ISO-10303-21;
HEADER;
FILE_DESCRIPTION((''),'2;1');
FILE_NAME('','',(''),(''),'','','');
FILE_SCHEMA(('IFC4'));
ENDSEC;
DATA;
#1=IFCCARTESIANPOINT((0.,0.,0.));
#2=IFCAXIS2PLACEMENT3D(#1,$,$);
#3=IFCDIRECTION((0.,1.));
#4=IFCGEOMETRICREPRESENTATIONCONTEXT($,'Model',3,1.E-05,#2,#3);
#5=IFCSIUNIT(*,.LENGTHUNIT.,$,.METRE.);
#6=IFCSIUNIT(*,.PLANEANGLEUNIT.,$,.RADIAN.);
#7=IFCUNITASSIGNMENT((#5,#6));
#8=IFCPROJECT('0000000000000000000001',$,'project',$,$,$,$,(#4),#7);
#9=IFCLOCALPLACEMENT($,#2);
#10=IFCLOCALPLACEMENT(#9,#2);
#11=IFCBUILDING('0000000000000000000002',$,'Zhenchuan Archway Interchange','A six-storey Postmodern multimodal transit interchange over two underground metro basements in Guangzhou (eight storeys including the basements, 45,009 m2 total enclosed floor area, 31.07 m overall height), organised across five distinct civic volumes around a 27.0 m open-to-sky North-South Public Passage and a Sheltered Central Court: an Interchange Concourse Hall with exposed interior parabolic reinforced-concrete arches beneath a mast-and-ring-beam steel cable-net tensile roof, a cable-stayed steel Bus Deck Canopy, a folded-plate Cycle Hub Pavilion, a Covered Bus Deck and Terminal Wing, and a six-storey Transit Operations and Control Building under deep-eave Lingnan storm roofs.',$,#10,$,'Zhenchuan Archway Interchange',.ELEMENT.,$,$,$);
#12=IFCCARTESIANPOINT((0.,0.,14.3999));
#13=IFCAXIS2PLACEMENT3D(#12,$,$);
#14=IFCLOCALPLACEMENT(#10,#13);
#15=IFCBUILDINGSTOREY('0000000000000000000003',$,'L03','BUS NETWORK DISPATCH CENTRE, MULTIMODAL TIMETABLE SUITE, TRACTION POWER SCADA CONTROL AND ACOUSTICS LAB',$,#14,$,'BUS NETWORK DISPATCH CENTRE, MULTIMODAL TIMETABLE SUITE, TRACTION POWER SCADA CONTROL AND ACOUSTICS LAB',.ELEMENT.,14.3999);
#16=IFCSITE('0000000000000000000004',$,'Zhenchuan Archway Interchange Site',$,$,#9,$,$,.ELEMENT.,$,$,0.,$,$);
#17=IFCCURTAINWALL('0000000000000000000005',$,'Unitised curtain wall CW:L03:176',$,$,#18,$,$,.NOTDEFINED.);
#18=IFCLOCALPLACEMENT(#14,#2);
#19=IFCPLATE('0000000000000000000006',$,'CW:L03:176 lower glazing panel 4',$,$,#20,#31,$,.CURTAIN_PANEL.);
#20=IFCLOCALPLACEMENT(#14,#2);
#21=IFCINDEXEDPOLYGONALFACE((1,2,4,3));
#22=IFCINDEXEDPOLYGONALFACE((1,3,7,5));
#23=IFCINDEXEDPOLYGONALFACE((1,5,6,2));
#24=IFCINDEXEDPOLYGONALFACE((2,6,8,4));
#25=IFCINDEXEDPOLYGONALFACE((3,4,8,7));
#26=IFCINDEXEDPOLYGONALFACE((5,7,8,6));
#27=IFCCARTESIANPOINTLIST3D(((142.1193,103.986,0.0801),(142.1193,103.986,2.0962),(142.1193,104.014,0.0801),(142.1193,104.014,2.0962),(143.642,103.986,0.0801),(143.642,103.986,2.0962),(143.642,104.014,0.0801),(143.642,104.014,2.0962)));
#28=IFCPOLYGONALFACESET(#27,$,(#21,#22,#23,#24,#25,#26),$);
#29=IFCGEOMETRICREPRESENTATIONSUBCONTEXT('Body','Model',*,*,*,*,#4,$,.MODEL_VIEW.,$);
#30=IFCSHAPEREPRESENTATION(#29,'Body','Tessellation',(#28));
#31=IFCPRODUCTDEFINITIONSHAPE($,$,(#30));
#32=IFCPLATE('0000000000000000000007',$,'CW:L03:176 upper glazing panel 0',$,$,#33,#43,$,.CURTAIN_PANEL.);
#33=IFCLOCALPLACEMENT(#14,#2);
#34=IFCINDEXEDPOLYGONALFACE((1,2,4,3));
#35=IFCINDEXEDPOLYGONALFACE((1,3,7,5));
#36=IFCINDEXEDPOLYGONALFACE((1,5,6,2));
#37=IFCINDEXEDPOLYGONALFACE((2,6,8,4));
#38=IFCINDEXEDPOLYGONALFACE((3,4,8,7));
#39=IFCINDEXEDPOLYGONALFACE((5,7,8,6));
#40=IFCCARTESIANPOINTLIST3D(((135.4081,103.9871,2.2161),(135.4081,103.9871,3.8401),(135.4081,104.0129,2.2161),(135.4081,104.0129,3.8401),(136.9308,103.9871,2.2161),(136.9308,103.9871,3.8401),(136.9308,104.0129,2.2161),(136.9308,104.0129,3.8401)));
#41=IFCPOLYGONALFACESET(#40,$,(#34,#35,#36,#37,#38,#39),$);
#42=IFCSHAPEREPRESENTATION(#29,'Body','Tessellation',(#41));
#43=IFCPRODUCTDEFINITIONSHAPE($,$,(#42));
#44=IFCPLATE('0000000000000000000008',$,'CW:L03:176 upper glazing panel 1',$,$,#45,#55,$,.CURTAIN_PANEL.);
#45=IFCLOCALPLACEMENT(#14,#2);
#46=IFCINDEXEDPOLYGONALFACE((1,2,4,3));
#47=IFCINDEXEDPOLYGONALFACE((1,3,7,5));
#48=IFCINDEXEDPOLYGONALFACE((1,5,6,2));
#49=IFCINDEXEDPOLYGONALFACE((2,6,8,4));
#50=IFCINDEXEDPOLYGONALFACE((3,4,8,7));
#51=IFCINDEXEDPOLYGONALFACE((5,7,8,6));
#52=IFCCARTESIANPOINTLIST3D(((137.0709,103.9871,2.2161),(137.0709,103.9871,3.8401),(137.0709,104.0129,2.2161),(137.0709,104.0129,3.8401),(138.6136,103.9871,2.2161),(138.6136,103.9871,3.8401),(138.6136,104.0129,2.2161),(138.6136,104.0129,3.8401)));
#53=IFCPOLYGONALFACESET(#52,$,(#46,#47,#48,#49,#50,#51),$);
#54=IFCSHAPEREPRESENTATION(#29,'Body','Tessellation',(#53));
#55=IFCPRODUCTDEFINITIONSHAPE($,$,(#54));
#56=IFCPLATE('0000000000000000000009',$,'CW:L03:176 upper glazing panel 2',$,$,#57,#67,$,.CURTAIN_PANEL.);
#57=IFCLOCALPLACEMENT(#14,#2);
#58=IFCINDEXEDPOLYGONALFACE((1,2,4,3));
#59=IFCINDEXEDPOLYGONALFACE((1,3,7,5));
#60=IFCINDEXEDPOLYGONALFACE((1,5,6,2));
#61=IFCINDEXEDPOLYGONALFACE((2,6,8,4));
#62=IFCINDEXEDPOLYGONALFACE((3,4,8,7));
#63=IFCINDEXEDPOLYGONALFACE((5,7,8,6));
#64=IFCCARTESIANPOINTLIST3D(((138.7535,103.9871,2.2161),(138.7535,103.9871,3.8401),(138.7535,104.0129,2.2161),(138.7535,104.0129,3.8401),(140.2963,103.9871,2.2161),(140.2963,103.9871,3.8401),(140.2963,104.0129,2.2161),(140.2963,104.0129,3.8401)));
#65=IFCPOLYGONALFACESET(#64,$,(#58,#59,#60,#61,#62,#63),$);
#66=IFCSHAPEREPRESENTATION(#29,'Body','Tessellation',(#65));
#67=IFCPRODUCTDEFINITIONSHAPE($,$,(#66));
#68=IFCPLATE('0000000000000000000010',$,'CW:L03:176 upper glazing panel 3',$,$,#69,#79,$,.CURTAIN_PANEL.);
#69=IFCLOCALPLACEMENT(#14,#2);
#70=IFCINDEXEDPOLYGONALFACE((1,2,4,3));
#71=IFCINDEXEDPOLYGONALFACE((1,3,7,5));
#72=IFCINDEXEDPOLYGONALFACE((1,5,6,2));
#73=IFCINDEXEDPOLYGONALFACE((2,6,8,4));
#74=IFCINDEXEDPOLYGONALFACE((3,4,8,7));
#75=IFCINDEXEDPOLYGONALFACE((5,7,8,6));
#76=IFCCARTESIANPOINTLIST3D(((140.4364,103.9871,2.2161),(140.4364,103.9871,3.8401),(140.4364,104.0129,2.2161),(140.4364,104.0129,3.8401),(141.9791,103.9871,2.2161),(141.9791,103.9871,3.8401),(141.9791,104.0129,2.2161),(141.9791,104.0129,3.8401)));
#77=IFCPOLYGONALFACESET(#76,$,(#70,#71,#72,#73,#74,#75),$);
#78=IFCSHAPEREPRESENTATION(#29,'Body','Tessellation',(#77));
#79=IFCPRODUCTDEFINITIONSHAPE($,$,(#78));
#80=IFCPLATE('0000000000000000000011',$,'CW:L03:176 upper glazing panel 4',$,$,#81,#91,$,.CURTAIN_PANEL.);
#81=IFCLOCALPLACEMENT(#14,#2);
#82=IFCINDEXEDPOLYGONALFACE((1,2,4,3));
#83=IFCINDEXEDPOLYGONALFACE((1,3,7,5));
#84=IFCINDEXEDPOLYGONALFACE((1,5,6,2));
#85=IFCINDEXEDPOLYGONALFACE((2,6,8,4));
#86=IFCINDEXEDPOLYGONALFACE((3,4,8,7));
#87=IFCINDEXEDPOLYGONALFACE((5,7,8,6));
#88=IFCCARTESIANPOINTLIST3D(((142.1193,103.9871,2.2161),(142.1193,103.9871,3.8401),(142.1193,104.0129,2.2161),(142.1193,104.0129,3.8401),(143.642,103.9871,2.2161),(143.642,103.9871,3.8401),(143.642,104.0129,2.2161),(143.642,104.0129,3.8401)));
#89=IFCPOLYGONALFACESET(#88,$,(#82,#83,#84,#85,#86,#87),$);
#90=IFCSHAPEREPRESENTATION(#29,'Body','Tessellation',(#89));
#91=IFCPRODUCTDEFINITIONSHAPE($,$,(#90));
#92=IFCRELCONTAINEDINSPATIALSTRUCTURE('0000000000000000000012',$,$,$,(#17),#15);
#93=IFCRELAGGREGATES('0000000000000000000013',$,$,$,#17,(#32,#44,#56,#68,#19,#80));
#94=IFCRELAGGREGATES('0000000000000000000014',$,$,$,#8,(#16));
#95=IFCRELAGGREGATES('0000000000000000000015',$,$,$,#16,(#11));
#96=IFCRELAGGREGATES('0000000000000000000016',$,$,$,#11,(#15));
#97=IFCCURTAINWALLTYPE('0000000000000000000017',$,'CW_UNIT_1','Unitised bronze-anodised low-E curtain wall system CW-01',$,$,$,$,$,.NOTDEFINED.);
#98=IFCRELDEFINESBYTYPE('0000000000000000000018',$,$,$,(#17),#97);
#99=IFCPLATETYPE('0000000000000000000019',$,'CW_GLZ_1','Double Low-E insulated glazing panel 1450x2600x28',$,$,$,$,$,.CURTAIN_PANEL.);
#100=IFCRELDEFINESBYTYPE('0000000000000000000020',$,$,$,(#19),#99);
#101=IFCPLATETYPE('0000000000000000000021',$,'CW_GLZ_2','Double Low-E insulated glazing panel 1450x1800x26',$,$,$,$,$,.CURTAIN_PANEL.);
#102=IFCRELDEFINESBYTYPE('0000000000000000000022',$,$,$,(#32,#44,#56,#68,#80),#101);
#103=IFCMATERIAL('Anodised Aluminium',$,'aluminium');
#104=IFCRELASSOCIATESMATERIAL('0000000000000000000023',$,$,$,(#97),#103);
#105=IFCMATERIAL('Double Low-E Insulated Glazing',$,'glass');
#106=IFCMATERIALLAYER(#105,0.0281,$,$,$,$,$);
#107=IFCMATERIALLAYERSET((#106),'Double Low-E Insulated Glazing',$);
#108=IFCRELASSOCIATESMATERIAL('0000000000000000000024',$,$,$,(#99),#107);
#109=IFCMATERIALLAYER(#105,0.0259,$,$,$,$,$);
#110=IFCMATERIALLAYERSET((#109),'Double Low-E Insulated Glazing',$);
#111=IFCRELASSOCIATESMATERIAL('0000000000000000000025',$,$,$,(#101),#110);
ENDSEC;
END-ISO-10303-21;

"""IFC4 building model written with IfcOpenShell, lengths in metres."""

from ifc_helpers import new_model, si_unit, direction, frame, origin, origin_2d, place, context, subcontext, project, spatial, rectangle, extrude, material, layer, layer_set, type_object, element, aggregate, save


model = new_model("IFC4")

# Units and contexts
model_context = context("Model", 3, precision=1e-05, world=origin(), true_north=direction((0.0, 1.0)))
body_context = subcontext(model_context, "Body", "Model", "MODEL_VIEW")
ifc_project = project(units=[si_unit("LENGTHUNIT", "METRE"), si_unit("PLANEANGLEUNIT", "RADIAN")], contexts=[model_context])

# Site, building, storey
site_placement = place(None, origin())
site = spatial("IfcSite", under=ifc_project, at=site_placement, Name="Zhenchuan Archway Interchange Site", CompositionType="ELEMENT", RefElevation=0.0)
building_placement = place(site_placement, origin())
building = spatial("IfcBuilding", under=site, at=building_placement, Name="Zhenchuan Archway Interchange", Description="A six-storey Postmodern multimodal transit interchange over two underground metro basements in Guangzhou (eight storeys including the basements, 45,009 m2 total enclosed floor area, 31.07 m overall height), organised across five distinct civic volumes around a 27.0 m open-to-sky North-South Public Passage and a Sheltered Central Court: an Interchange Concourse Hall with exposed interior parabolic reinforced-concrete arches beneath a mast-and-ring-beam steel cable-net tensile roof, a cable-stayed steel Bus Deck Canopy, a folded-plate Cycle Hub Pavilion, a Covered Bus Deck and Terminal Wing, and a six-storey Transit Operations and Control Building under deep-eave Lingnan storm roofs.", LongName="Zhenchuan Archway Interchange", CompositionType="ELEMENT")
storey_placement = place(building_placement, frame((0.0, 0.0, 14.3999)))
storey = spatial("IfcBuildingStorey", under=building, at=storey_placement, Name="L03", Description="BUS NETWORK DISPATCH CENTRE, MULTIMODAL TIMETABLE SUITE, TRACTION POWER SCADA CONTROL AND ACOUSTICS LAB", LongName="BUS NETWORK DISPATCH CENTRE, MULTIMODAL TIMETABLE SUITE, TRACTION POWER SCADA CONTROL AND ACOUSTICS LAB", CompositionType="ELEMENT", Elevation=14.3999)

# Curtain wall
ifc_material_1 = material(Name="Anodised Aluminium", Category="aluminium")
curtain_wall_type = type_object("IfcCurtainWallType", Name="CW_UNIT_1", Description="Unitised bronze-anodised low-E curtain wall system CW-01", PredefinedType="NOTDEFINED", material=ifc_material_1)
curtain_wall_placement = place(storey_placement, origin())
curtain_wall = element("IfcCurtainWall", 1, at=curtain_wall_placement, inside=storey, type_object=curtain_wall_type, Name="Unitised curtain wall CW:L03:176", PredefinedType="NOTDEFINED")

# Plates
ifc_material_2 = material(Name="Double Low-E Insulated Glazing", Category="glass")
ifc_layer_1 = layer(ifc_material_2, 0.0281)
ifc_layer_set_1 = layer_set([ifc_layer_1], Name="Double Low-E Insulated Glazing")
plate_type_1 = type_object("IfcPlateType", Name="CW_GLZ_1", Description="Double Low-E insulated glazing panel 1450x2600x28", PredefinedType="CURTAIN_PANEL", material=ifc_layer_set_1)
plate_1_placement = place(storey_placement, frame((142.8806, 104.0, 0.0801), z_axis=(0.0, 0.0, 1.0), x_axis=(1.0, 0.0, 0.0)))
plate_1 = element("IfcPlate", 2, at=plate_1_placement, type_object=plate_type_1, Name="CW:L03:176 lower glazing panel 4", PredefinedType="CURTAIN_PANEL", context=body_context, shape_type="SweptSolid", body=[
    extrude(rectangle(XDim=1.5227, YDim=0.0281, at=origin_2d()), origin(), (0.0, 0.0, 1.0), 2.0161),
])
ifc_layer_2 = layer(ifc_material_2, 0.0259)
ifc_layer_set_2 = layer_set([ifc_layer_2], Name="Double Low-E Insulated Glazing")
plate_type_2 = type_object("IfcPlateType", Name="CW_GLZ_2", Description="Double Low-E insulated glazing panel 1450x1800x26", PredefinedType="CURTAIN_PANEL", material=ifc_layer_set_2)
plate_2_placement = place(storey_placement, frame((136.1694, 104.0, 2.2161), z_axis=(0.0, 0.0, 1.0), x_axis=(1.0, 0.0, 0.0)))
plate_2 = element("IfcPlate", 3, at=plate_2_placement, type_object=plate_type_2, Name="CW:L03:176 upper glazing panel 0", PredefinedType="CURTAIN_PANEL", context=body_context, shape_type="SweptSolid", body=[
    extrude(rectangle(XDim=1.5227, YDim=0.0259, at=origin_2d()), origin(), (0.0, 0.0, 1.0), 1.624),
])
plate_3_placement = place(storey_placement, frame((137.8423, 104.0, 2.2161), z_axis=(0.0, 0.0, 1.0), x_axis=(1.0, 0.0, 0.0)))
plate_3 = element("IfcPlate", 4, at=plate_3_placement, type_object=plate_type_2, Name="CW:L03:176 upper glazing panel 1", PredefinedType="CURTAIN_PANEL", context=body_context, shape_type="SweptSolid", body=[
    extrude(rectangle(XDim=1.5427, YDim=0.0259, at=origin_2d()), origin(), (0.0, 0.0, 1.0), 1.624),
])
plate_4_placement = place(storey_placement, frame((139.5249, 104.0, 2.2161), z_axis=(0.0, 0.0, 1.0), x_axis=(1.0, 0.0, 0.0)))
plate_4 = element("IfcPlate", 5, at=plate_4_placement, type_object=plate_type_2, Name="CW:L03:176 upper glazing panel 2", PredefinedType="CURTAIN_PANEL", context=body_context, shape_type="SweptSolid", body=[
    extrude(rectangle(XDim=1.5427, YDim=0.0259, at=origin_2d()), origin(), (0.0, 0.0, 1.0), 1.624),
])
plate_5_placement = place(storey_placement, frame((141.2078, 104.0, 2.2161), z_axis=(0.0, 0.0, 1.0), x_axis=(1.0, 0.0, 0.0)))
plate_5 = element("IfcPlate", 6, at=plate_5_placement, type_object=plate_type_2, Name="CW:L03:176 upper glazing panel 3", PredefinedType="CURTAIN_PANEL", context=body_context, shape_type="SweptSolid", body=[
    extrude(rectangle(XDim=1.5427, YDim=0.0259, at=origin_2d()), origin(), (0.0, 0.0, 1.0), 1.624),
])
plate_6_placement = place(storey_placement, frame((142.8806, 104.0, 2.2161), z_axis=(0.0, 0.0, 1.0), x_axis=(1.0, 0.0, 0.0)))
plate_6 = element("IfcPlate", 7, at=plate_6_placement, type_object=plate_type_2, Name="CW:L03:176 upper glazing panel 4", PredefinedType="CURTAIN_PANEL", context=body_context, shape_type="SweptSolid", body=[
    extrude(rectangle(XDim=1.5227, YDim=0.0259, at=origin_2d()), origin(), (0.0, 0.0, 1.0), 1.624),
])
aggregate(curtain_wall, [plate_2, plate_3, plate_4, plate_5, plate_1, plate_6])

save(model, "model.ifc")
